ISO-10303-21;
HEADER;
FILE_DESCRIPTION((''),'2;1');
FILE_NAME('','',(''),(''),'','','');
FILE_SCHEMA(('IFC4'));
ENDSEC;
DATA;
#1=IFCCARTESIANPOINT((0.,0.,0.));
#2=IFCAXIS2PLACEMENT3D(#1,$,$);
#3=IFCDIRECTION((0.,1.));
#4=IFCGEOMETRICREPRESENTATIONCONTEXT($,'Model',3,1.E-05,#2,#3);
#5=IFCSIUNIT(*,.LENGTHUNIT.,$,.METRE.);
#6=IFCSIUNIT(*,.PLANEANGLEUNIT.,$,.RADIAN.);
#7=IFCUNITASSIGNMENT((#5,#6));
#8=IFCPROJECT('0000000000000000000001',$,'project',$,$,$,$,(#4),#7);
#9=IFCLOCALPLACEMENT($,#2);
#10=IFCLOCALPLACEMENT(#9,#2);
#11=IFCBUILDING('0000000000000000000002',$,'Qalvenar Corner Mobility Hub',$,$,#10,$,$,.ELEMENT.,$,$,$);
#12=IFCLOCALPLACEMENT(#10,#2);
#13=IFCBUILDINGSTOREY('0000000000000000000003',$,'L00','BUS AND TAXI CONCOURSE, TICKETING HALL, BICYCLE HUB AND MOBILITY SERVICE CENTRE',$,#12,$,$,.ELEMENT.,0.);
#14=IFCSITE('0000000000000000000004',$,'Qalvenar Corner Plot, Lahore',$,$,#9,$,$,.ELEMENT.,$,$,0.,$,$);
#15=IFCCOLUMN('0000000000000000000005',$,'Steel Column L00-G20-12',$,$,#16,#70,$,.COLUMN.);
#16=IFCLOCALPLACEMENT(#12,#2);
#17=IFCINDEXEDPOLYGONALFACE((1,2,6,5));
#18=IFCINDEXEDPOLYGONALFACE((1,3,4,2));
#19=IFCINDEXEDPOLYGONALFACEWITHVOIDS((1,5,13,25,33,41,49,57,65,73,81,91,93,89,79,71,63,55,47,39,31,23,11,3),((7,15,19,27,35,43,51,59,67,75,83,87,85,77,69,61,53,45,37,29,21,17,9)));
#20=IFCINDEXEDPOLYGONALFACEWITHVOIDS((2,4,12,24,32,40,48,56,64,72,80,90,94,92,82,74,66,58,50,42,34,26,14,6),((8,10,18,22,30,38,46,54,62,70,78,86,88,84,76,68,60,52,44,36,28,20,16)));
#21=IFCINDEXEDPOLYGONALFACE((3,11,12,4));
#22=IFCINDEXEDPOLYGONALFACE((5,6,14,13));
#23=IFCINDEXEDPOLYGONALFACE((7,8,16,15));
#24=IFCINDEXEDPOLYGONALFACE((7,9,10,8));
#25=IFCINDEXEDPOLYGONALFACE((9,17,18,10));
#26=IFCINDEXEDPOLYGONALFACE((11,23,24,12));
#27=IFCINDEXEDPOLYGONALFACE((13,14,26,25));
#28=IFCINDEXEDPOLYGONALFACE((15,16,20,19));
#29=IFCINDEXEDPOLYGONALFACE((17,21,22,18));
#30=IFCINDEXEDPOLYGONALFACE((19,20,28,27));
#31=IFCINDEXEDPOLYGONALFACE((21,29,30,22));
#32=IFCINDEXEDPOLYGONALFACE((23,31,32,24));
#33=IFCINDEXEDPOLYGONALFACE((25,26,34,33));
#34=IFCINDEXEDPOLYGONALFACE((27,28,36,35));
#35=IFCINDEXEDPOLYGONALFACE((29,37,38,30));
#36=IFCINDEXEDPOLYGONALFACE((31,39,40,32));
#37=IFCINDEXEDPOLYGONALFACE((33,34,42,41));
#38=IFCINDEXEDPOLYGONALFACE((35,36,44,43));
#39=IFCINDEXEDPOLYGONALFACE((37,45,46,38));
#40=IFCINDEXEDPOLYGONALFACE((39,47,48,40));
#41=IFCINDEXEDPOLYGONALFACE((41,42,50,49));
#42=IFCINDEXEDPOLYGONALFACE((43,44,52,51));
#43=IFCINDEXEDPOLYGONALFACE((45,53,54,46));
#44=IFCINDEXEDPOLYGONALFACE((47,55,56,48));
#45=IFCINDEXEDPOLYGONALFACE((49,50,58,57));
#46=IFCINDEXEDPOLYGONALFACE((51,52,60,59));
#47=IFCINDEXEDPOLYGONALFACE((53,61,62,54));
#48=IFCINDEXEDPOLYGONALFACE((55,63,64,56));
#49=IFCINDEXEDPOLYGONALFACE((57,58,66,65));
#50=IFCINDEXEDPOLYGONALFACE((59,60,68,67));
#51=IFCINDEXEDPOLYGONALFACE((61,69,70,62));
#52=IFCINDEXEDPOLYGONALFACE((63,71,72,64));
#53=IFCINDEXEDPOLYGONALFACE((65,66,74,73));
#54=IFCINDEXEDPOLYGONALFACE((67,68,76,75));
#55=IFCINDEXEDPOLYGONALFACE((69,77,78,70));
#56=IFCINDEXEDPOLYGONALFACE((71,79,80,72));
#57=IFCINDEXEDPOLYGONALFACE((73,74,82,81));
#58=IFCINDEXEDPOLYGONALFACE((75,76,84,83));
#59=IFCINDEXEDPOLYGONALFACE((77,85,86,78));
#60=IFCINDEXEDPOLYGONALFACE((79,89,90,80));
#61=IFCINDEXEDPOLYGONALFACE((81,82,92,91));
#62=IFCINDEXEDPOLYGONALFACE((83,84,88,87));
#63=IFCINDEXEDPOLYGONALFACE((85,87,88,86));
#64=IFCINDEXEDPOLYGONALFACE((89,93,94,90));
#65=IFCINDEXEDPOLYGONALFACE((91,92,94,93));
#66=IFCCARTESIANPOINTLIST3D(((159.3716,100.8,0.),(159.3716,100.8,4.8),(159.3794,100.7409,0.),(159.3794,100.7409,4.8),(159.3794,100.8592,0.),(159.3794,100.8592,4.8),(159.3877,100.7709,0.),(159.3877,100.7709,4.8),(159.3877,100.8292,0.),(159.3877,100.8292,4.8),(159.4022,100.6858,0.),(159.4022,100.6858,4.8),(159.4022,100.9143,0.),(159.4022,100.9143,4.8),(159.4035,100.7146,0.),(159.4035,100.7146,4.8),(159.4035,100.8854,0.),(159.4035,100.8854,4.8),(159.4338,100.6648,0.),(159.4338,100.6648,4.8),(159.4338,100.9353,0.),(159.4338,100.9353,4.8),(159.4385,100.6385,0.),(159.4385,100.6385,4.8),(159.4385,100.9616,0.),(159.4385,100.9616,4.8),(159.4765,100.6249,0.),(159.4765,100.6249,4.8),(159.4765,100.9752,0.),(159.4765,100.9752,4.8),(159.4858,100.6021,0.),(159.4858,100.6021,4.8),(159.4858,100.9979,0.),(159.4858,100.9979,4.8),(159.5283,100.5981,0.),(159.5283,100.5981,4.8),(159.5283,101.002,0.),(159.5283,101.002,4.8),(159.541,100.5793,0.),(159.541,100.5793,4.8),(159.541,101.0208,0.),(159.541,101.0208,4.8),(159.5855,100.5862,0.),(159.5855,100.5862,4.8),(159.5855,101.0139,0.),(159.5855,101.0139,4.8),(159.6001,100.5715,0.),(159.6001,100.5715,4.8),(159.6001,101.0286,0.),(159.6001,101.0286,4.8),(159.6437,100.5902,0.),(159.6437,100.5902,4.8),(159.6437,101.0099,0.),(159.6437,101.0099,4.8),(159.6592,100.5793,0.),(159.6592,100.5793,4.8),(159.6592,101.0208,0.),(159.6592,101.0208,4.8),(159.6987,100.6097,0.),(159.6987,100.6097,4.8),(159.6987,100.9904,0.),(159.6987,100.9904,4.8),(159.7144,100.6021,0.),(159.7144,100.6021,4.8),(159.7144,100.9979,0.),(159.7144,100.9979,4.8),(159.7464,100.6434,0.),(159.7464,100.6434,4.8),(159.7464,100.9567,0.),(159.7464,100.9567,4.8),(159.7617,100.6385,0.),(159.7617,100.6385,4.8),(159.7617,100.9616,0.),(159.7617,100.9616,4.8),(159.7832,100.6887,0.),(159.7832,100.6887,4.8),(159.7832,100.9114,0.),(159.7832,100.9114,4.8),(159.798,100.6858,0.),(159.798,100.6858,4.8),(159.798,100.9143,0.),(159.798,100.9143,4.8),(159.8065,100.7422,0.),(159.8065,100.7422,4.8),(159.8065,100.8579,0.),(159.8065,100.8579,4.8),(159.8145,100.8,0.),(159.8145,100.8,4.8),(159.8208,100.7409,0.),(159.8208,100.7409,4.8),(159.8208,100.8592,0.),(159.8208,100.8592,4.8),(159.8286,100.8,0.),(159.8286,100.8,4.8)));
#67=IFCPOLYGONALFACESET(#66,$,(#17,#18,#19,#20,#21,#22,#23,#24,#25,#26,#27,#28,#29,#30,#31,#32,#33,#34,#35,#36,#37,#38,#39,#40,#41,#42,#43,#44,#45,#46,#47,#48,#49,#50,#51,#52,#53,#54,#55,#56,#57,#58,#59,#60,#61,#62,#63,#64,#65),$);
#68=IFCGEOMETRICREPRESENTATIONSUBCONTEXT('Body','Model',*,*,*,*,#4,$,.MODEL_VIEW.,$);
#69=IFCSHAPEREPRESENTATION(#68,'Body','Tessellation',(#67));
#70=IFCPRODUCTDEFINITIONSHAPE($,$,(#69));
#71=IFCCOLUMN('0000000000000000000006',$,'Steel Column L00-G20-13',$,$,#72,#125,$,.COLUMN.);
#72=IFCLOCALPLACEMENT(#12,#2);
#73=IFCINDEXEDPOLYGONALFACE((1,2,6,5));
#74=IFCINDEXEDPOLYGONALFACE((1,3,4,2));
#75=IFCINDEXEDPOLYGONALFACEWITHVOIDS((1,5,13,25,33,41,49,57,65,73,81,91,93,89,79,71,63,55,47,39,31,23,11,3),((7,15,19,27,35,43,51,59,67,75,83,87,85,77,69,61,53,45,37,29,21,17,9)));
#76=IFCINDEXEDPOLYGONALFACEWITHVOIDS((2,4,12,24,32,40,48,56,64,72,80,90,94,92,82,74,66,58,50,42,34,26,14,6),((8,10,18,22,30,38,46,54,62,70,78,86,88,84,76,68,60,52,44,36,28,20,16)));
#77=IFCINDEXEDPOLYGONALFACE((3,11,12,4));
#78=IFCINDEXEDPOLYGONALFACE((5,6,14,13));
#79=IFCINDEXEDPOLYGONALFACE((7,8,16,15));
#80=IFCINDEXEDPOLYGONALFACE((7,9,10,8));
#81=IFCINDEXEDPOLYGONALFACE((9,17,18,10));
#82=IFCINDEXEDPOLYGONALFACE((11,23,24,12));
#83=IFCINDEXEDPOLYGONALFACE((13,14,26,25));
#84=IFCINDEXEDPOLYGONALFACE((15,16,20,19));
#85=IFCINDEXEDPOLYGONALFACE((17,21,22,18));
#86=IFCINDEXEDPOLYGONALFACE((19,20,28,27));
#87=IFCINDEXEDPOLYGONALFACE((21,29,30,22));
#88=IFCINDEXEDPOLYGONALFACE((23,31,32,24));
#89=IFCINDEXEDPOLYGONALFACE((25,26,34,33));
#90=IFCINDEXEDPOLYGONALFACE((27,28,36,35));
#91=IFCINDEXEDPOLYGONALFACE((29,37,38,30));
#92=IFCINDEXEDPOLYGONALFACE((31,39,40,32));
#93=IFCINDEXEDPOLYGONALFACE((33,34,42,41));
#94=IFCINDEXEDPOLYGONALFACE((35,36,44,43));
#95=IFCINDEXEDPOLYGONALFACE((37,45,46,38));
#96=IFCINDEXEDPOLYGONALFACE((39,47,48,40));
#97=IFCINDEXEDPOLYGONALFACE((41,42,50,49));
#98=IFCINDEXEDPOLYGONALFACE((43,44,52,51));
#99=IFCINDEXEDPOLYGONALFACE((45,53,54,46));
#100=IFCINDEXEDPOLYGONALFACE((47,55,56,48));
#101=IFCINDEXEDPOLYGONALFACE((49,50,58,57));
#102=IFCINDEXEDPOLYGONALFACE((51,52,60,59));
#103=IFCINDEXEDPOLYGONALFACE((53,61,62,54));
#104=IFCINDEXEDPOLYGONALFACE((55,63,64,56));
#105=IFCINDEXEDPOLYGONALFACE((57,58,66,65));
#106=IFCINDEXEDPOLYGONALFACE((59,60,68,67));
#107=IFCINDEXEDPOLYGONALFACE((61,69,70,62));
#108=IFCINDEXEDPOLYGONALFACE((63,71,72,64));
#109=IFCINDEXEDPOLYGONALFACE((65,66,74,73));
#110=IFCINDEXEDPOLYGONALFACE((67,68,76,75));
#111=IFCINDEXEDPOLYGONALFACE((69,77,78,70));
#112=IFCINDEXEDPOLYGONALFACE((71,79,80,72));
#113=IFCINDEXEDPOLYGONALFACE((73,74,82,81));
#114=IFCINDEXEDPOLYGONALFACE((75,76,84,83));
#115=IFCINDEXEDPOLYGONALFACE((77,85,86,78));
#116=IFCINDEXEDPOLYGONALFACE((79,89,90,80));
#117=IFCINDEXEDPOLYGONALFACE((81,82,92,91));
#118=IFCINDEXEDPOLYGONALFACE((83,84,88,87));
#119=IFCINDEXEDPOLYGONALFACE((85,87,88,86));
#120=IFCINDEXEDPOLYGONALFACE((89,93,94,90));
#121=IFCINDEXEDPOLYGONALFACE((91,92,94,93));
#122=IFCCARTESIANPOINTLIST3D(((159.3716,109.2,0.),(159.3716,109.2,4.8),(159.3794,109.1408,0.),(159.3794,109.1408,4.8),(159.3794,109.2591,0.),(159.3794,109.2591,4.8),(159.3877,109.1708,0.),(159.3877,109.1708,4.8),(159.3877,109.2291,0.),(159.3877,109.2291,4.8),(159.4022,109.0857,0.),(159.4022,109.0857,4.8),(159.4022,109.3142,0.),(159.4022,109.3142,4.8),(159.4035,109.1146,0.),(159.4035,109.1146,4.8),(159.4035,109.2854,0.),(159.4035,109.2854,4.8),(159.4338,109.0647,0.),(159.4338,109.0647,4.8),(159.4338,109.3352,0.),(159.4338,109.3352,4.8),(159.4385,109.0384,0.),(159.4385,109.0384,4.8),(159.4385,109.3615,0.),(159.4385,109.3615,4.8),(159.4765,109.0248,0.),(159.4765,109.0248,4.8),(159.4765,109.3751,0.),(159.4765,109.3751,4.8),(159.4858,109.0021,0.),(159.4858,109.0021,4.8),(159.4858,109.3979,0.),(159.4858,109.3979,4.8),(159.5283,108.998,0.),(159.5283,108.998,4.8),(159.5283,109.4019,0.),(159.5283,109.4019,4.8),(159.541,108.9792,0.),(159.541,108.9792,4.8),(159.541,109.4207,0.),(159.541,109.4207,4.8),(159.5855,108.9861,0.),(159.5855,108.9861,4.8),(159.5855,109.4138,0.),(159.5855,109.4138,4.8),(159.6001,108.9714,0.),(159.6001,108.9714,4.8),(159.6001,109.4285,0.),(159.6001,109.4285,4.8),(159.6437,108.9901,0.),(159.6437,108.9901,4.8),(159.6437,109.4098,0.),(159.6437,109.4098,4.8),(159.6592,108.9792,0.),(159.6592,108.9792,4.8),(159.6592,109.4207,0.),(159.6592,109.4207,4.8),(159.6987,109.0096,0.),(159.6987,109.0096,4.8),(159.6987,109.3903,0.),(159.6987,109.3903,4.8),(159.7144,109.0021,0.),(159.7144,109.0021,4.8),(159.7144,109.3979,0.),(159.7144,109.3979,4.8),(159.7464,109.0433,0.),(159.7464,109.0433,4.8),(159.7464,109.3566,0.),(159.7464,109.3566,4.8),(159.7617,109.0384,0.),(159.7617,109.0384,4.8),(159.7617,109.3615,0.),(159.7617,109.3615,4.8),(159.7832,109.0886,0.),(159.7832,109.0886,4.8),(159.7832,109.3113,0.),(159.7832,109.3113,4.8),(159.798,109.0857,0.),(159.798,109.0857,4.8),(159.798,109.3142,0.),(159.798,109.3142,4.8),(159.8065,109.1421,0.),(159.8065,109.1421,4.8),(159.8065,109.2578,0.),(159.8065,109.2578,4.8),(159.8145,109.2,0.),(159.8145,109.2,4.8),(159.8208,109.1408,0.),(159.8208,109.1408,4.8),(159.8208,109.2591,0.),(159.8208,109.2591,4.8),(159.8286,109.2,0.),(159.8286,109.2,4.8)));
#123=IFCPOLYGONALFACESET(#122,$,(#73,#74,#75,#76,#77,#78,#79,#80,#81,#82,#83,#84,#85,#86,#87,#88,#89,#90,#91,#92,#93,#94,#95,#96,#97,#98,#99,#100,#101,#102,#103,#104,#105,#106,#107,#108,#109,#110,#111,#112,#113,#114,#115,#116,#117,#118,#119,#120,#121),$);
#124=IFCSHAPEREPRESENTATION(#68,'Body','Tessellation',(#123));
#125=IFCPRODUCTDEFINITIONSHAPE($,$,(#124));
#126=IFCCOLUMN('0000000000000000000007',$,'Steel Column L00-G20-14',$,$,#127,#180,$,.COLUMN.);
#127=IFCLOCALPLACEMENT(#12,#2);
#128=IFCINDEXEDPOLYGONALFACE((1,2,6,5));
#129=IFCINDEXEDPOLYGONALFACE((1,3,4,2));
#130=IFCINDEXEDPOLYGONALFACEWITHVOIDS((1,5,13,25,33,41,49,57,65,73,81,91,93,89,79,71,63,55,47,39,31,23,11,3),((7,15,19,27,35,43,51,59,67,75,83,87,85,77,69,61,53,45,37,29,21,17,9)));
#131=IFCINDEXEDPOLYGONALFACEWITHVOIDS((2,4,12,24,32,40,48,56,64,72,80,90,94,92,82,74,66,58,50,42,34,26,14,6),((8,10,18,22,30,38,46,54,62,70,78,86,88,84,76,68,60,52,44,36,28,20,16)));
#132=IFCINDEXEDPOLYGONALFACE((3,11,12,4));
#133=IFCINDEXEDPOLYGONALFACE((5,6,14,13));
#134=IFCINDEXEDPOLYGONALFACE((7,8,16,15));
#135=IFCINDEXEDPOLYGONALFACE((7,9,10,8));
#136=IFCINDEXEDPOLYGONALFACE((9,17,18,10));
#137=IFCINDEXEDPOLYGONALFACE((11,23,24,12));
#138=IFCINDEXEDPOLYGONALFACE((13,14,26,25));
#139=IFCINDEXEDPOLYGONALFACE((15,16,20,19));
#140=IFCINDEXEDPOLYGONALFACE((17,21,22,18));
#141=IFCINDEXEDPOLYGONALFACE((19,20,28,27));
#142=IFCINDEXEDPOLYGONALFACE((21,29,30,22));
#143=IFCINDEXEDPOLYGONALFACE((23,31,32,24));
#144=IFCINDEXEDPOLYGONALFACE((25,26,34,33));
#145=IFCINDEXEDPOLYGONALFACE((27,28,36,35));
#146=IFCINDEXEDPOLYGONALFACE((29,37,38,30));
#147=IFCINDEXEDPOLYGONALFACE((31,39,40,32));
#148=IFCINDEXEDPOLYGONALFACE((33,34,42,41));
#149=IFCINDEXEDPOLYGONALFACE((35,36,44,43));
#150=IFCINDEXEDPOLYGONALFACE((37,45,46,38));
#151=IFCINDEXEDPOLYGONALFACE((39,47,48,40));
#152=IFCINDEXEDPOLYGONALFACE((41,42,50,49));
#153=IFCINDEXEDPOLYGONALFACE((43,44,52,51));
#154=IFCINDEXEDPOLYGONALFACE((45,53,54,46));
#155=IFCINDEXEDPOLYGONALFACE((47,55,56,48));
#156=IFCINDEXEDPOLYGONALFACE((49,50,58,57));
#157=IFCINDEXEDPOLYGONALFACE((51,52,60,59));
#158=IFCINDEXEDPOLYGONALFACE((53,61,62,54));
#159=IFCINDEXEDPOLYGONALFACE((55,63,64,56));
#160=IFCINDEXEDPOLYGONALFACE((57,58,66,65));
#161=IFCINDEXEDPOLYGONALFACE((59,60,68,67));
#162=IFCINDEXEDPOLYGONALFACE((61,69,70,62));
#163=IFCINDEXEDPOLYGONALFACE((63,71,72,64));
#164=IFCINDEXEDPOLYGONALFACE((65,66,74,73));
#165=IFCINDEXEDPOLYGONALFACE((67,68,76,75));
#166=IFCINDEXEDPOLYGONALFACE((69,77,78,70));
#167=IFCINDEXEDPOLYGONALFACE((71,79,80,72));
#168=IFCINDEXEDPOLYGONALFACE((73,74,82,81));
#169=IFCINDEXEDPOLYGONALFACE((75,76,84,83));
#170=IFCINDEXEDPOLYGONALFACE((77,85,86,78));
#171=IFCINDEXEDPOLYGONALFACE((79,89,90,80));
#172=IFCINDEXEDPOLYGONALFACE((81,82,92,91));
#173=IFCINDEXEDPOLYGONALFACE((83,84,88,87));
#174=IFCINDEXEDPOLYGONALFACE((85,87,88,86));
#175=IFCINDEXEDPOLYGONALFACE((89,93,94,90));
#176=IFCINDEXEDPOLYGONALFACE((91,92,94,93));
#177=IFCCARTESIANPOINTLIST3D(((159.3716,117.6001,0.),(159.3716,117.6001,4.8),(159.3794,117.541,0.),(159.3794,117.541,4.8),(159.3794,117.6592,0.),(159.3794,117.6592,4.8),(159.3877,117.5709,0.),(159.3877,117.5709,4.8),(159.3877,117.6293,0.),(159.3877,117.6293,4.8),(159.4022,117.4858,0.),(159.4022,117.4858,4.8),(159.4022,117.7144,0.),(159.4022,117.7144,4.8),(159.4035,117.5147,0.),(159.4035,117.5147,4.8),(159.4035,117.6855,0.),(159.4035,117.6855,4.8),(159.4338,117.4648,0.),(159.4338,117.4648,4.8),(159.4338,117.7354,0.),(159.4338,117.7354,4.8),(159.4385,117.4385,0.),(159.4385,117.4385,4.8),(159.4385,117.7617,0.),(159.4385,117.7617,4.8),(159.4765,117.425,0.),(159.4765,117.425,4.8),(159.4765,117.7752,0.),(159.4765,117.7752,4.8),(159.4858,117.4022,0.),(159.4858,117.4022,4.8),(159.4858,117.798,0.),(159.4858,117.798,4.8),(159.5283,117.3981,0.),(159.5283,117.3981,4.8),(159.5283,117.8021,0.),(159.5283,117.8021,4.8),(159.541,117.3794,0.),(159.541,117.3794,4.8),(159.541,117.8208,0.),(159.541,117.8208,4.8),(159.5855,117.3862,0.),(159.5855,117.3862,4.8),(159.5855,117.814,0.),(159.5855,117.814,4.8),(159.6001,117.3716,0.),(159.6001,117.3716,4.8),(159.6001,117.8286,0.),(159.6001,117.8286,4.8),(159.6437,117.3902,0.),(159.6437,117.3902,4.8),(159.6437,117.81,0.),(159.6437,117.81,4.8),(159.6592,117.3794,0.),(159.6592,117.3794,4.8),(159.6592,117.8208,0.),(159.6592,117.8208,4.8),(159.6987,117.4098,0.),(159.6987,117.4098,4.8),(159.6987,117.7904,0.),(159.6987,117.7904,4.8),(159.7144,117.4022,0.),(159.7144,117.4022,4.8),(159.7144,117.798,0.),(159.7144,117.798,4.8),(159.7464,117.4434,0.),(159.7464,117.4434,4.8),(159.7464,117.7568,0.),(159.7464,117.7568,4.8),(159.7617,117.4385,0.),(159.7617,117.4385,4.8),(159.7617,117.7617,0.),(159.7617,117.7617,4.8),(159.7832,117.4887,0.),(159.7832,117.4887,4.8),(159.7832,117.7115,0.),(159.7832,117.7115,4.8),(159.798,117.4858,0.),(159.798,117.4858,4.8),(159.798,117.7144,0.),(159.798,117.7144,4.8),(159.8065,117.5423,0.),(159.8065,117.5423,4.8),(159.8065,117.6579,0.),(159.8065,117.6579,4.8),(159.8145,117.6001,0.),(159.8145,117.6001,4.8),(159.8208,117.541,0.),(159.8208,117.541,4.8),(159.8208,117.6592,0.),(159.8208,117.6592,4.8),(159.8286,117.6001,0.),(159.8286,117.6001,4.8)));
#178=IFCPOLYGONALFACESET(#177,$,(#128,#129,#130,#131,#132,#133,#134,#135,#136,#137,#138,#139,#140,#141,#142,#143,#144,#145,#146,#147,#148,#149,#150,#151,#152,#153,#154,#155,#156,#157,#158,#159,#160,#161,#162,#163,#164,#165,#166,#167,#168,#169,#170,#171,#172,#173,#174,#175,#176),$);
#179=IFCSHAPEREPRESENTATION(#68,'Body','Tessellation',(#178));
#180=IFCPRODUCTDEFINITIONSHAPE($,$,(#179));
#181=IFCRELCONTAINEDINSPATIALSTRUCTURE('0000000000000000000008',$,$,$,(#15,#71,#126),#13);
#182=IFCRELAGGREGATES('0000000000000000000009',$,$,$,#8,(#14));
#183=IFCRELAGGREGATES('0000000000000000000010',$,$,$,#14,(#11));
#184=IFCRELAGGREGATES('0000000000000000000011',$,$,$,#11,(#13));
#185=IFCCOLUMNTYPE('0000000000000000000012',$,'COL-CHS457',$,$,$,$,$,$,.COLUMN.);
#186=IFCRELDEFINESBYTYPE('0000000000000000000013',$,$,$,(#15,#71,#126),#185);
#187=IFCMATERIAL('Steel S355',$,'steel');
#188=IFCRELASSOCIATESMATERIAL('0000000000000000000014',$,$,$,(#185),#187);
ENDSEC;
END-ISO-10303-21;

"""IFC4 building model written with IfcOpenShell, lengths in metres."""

from ifc_helpers import new_model, si_unit, direction, frame, origin, origin_2d, place, context, subcontext, project, spatial, hollow_circle, extrude, material, material_profile, profile_set, type_object, element, save


model = new_model("IFC4")

# Units and contexts
model_context = context("Model", 3, precision=1e-05, world=origin(), true_north=direction((0.0, 1.0)))
body_context = subcontext(model_context, "Body", "Model", "MODEL_VIEW")
ifc_project = project(units=[si_unit("LENGTHUNIT", "METRE"), si_unit("PLANEANGLEUNIT", "RADIAN")], contexts=[model_context])

# Site, building, storey
site_placement = place(None, origin())
site = spatial("IfcSite", under=ifc_project, at=site_placement, Name="Qalvenar Corner Plot, Lahore", CompositionType="ELEMENT", RefElevation=0.0)
building_placement = place(site_placement, origin())
building = spatial("IfcBuilding", under=site, at=building_placement, Name="Qalvenar Corner Mobility Hub", CompositionType="ELEMENT")
storey_placement = place(building_placement, origin())
storey = spatial("IfcBuildingStorey", under=building, at=storey_placement, Name="L00", Description="BUS AND TAXI CONCOURSE, TICKETING HALL, BICYCLE HUB AND MOBILITY SERVICE CENTRE", CompositionType="ELEMENT", Elevation=0.0)

# Columns
ifc_material_1 = material(Name="Steel S355", Category="steel")
ifc_material_profile_1 = material_profile(ifc_material_1, hollow_circle(Radius=0.2285, WallThickness=0.0142, at=origin_2d()), Name="CHS457x14.2")
ifc_profile_set_1 = profile_set([ifc_material_profile_1], Name="Steel S355")
column_type = type_object("IfcColumnType", Name="COL-CHS457", PredefinedType="COLUMN", material=ifc_profile_set_1)
for number, where, z_axis, x_axis, name in (
    (1, (159.6001, 100.8, 0.0), (0.0, 0.0, 1.0), (1.0, 0.0, 0.0), "Steel Column L00-G20-12"),
    (2, (159.6001, 109.2, 0.0), (0.0, 0.0, 1.0), (1.0, 0.0, 0.0), "Steel Column L00-G20-13"),
    (3, (159.6001, 117.6001, 0.0), (0.0, 0.0, 1.0), (1.0, 0.0, 0.0), "Steel Column L00-G20-14"),
):
    element("IfcColumn", number, at=place(storey_placement, frame(where, z_axis=z_axis, x_axis=x_axis)), inside=storey, type_object=column_type, Name=name, PredefinedType="COLUMN", context=body_context, shape_type="SweptSolid", body=[
        extrude(hollow_circle(Radius=0.2285, WallThickness=0.0142, at=origin_2d()), origin(), (0.0, 0.0, 1.0), 4.8),
    ])

save(model, "model.ifc")
